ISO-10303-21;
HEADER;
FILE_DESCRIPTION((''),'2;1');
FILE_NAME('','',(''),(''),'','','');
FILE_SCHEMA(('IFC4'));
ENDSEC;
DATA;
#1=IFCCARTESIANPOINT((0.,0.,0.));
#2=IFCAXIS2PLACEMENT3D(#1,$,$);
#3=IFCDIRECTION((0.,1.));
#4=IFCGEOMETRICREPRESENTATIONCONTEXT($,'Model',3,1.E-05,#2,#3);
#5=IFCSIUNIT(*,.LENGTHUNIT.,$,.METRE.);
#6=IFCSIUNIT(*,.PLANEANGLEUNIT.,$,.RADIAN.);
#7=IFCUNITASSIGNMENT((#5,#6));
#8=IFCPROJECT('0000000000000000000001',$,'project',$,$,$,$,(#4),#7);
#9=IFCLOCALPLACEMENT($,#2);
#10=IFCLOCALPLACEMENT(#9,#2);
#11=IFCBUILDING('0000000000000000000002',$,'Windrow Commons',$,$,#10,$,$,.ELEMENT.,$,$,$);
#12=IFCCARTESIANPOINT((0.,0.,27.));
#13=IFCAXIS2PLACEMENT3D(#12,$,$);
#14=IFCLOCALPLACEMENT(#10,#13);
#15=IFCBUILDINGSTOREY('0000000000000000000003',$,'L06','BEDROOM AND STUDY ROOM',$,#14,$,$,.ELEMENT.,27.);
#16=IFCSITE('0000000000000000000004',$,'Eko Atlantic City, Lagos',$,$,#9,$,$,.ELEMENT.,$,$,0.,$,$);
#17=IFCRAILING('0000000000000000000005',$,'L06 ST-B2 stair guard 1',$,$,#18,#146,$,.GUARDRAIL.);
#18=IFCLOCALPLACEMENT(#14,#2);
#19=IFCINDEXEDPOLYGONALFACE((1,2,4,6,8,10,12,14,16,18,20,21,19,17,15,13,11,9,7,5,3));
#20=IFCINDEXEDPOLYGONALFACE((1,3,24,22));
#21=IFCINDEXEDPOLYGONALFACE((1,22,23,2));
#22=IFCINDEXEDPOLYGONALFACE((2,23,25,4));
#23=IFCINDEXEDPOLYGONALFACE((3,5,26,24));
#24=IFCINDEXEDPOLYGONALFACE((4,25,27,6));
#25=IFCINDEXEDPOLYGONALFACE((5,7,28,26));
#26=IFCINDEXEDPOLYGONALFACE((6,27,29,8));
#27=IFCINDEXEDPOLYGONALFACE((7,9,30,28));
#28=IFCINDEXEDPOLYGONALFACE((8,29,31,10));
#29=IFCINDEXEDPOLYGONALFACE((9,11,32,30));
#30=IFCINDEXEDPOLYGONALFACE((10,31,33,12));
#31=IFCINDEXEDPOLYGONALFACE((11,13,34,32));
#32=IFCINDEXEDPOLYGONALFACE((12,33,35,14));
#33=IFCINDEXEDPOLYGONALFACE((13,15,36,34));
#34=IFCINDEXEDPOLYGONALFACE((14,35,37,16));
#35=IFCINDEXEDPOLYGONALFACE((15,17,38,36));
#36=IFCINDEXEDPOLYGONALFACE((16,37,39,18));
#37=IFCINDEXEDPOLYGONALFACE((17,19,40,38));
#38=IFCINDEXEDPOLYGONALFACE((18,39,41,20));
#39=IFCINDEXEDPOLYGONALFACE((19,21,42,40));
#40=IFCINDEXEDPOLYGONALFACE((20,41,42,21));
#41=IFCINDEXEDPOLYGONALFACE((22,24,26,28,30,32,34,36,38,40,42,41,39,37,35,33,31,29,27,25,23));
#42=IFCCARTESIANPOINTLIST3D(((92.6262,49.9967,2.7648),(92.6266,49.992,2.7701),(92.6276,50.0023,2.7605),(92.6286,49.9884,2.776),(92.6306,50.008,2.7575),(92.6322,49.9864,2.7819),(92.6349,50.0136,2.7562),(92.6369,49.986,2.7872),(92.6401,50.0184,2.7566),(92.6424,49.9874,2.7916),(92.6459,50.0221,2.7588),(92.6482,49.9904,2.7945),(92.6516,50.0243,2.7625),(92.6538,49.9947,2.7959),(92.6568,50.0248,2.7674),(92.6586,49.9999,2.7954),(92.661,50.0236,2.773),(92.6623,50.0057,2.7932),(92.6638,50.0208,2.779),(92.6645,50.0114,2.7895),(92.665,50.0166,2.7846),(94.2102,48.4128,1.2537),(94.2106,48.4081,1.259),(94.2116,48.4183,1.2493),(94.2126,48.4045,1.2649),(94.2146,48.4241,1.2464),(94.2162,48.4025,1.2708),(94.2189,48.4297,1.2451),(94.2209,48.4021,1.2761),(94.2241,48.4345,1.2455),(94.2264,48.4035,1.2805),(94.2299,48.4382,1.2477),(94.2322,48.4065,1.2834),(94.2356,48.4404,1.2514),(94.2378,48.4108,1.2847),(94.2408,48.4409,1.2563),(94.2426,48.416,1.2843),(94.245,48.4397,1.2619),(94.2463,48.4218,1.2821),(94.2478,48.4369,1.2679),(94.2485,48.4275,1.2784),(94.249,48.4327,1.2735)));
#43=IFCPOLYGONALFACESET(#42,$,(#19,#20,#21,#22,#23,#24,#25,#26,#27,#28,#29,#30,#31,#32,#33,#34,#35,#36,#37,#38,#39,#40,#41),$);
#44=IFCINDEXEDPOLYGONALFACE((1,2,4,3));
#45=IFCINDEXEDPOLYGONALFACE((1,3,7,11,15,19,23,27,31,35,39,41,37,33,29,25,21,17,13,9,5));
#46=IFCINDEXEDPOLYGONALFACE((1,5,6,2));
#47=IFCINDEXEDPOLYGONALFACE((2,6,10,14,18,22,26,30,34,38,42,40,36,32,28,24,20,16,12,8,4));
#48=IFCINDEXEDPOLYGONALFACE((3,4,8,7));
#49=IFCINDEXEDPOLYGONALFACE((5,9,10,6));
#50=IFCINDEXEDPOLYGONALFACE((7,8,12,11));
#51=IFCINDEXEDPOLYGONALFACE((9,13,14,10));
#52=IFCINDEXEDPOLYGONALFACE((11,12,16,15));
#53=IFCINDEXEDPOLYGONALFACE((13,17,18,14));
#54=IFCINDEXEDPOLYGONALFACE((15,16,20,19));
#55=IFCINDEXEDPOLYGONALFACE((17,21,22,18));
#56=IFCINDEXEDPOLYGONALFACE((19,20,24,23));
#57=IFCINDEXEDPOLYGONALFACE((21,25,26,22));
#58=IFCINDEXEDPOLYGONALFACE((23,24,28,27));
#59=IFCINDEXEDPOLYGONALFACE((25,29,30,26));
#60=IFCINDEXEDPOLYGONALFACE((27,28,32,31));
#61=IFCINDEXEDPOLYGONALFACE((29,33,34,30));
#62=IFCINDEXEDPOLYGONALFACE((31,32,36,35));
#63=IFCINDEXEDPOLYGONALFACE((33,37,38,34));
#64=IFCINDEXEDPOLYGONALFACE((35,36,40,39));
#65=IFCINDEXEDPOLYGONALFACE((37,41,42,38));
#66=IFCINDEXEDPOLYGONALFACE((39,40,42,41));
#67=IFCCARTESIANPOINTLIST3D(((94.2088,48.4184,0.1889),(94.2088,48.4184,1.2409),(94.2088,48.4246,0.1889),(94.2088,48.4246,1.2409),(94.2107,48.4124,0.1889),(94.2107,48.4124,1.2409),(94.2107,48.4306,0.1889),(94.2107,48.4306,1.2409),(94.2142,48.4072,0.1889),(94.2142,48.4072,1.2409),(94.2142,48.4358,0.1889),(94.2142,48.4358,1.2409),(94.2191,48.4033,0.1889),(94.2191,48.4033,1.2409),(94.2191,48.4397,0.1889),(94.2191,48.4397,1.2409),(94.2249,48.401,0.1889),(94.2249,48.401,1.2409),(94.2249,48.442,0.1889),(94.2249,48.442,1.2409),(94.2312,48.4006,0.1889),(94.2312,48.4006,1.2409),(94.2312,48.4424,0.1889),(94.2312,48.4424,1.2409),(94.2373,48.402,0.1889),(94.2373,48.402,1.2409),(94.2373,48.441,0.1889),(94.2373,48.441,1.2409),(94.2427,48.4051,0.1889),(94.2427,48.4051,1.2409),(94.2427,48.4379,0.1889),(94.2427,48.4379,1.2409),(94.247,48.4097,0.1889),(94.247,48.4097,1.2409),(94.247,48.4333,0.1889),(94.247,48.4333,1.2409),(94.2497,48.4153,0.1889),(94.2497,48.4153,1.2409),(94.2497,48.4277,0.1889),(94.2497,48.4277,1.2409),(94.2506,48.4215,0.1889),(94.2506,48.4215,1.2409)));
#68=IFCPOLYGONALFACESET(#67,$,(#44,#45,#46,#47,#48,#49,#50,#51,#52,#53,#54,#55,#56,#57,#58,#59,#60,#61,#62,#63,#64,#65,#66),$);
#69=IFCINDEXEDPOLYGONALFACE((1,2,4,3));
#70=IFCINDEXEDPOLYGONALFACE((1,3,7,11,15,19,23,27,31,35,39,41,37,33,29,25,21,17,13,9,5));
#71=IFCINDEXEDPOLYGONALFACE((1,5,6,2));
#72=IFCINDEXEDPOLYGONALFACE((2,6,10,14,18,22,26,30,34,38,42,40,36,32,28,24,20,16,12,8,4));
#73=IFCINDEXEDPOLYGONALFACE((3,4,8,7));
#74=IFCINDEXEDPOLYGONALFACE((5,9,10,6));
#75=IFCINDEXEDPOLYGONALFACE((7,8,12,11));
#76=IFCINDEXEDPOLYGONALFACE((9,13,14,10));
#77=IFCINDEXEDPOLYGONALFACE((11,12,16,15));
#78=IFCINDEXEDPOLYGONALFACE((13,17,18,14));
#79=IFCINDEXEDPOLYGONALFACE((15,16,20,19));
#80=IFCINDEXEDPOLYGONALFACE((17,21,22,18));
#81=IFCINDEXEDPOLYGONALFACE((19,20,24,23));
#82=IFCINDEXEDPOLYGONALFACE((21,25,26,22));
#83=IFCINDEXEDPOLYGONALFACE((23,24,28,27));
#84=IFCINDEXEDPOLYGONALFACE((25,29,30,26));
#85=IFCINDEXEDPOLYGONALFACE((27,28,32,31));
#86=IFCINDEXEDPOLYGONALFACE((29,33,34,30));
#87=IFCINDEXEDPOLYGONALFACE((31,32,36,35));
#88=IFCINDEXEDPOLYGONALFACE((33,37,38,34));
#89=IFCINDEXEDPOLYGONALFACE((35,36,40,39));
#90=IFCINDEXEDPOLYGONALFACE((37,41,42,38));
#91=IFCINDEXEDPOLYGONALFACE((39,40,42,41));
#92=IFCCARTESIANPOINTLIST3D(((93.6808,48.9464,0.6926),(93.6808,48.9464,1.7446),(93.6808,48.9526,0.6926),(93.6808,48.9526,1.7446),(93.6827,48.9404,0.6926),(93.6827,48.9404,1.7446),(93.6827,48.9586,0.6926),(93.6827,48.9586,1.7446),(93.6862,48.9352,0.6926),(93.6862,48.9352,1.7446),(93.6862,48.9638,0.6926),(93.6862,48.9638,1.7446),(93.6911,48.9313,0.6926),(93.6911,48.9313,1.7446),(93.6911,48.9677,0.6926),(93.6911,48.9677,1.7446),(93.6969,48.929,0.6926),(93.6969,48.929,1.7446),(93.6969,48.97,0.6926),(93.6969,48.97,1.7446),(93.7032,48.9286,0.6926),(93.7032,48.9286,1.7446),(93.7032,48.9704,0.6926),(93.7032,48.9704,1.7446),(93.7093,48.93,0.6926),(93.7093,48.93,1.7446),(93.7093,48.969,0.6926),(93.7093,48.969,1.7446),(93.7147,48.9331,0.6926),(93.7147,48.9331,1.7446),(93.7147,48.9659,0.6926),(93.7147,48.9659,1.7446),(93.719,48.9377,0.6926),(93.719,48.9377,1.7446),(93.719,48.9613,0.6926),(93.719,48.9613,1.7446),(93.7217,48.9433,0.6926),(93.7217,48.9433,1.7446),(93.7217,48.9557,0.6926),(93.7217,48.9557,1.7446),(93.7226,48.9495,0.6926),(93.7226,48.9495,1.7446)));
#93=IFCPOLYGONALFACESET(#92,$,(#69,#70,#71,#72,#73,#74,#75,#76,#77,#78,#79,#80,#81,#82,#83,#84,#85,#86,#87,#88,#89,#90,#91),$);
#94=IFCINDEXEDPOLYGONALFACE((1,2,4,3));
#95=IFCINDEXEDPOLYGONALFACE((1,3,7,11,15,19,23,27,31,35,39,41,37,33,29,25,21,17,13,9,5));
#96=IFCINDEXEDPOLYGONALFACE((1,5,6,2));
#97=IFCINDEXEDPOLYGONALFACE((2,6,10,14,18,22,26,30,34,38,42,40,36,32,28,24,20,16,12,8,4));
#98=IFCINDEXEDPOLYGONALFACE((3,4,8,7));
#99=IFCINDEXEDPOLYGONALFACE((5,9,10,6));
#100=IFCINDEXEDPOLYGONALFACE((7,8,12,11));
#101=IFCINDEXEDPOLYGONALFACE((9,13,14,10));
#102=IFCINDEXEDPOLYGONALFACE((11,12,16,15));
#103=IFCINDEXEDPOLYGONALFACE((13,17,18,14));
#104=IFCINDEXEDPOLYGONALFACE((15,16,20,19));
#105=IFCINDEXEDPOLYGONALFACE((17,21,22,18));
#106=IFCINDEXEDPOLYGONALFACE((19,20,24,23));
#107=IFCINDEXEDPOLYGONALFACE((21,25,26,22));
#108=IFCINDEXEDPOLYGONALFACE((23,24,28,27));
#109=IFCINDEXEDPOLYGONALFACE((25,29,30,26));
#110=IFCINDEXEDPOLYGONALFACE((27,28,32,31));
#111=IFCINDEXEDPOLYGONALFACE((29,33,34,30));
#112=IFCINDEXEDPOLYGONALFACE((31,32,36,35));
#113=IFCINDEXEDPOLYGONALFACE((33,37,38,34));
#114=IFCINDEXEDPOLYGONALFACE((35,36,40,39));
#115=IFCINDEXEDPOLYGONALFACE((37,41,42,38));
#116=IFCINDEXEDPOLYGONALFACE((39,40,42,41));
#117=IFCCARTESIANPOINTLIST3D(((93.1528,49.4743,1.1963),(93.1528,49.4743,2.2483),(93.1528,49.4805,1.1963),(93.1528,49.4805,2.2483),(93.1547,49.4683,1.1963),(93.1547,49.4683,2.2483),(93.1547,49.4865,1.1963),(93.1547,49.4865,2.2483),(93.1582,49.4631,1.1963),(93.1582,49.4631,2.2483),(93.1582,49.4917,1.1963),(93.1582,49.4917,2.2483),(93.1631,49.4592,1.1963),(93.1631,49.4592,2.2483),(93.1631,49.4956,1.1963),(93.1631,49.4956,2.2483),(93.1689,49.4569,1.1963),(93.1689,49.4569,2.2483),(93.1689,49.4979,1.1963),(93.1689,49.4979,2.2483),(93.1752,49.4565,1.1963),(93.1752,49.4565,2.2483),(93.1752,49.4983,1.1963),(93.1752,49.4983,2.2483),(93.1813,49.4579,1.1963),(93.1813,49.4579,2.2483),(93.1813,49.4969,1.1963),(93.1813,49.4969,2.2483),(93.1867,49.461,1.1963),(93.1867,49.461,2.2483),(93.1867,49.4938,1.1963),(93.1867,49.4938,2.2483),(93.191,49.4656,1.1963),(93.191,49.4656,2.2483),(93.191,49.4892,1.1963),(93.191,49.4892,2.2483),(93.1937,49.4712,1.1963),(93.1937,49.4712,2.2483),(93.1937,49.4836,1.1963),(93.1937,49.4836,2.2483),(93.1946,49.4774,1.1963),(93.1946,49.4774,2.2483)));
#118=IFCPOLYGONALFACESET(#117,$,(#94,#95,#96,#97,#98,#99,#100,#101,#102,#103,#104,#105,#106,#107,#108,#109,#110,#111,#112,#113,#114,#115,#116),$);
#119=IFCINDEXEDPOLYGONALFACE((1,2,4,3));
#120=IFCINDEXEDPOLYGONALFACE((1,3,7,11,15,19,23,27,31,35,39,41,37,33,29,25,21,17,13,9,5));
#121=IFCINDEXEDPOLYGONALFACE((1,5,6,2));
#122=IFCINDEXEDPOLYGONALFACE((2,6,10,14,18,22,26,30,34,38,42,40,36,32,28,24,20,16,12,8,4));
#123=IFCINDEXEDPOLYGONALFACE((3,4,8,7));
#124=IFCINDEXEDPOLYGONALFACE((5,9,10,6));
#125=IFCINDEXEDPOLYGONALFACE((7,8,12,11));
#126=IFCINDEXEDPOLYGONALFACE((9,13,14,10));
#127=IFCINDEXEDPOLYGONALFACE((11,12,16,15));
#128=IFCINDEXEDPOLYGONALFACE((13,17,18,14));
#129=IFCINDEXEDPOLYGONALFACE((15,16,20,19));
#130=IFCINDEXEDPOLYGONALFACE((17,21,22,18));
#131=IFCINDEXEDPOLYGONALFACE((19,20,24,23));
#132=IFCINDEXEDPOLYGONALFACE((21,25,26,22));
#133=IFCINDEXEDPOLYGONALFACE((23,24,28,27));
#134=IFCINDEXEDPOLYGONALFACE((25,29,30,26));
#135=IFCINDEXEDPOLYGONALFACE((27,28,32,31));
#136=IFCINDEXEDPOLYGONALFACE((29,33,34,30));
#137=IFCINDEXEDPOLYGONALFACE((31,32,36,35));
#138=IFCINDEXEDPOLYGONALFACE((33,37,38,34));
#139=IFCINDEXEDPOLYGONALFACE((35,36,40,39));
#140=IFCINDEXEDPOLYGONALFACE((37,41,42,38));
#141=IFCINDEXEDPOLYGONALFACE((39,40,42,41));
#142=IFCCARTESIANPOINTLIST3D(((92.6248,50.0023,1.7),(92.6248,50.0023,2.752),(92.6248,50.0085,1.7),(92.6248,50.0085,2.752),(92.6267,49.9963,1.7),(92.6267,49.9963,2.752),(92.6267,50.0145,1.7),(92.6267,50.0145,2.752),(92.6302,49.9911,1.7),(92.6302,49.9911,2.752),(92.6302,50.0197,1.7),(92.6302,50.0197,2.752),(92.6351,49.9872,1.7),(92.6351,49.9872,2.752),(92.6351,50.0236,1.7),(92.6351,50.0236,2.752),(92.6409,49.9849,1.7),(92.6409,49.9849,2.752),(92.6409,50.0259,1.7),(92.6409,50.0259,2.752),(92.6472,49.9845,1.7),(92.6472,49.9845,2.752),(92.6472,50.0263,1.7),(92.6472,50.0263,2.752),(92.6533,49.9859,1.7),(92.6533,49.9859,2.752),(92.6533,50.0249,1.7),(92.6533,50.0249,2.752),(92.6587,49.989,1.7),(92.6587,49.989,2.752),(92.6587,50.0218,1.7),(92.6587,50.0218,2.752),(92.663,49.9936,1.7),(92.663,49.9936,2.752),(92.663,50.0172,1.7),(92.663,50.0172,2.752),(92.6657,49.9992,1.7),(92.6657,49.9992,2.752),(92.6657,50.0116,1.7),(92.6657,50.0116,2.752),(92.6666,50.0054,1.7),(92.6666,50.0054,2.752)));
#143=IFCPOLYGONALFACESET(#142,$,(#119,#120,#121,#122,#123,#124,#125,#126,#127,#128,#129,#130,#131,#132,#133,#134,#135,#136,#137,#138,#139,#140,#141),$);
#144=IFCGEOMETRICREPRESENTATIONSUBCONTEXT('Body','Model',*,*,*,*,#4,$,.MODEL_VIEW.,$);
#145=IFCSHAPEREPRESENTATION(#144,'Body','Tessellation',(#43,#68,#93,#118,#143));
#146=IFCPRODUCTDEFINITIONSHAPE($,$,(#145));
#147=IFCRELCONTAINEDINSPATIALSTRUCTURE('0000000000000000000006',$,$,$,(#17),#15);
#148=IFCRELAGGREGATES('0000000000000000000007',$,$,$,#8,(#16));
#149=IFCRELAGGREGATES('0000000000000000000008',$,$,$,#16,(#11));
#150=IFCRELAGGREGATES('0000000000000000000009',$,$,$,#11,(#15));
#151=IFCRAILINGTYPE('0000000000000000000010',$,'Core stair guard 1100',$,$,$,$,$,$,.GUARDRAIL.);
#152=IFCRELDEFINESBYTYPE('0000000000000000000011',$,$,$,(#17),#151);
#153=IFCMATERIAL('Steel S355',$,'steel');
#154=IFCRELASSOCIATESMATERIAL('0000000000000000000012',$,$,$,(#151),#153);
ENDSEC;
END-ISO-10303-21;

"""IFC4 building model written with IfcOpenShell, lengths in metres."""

from ifc_helpers import new_model, si_unit, direction, frame, origin, origin_2d, place, context, subcontext, project, spatial, circle, extrude, material, type_object, element, save


model = new_model("IFC4")

# Units and contexts
model_context = context("Model", 3, precision=1e-05, world=origin(), true_north=direction((0.0, 1.0)))
body_context = subcontext(model_context, "Body", "Model", "MODEL_VIEW")
ifc_project = project(units=[si_unit("LENGTHUNIT", "METRE"), si_unit("PLANEANGLEUNIT", "RADIAN")], contexts=[model_context])

# Site, building, storey
site_placement = place(None, origin())
site = spatial("IfcSite", under=ifc_project, at=site_placement, Name="Eko Atlantic City, Lagos", CompositionType="ELEMENT", RefElevation=0.0)
building_placement = place(site_placement, origin())
building = spatial("IfcBuilding", under=site, at=building_placement, Name="Windrow Commons", CompositionType="ELEMENT")
storey_placement = place(building_placement, frame((0.0, 0.0, 27.0)))
storey = spatial("IfcBuildingStorey", under=building, at=storey_placement, Name="L06", Description="BEDROOM AND STUDY ROOM", CompositionType="ELEMENT", Elevation=27.0)

# Railing
ifc_material_1 = material(Name="Steel S355", Category="steel")
railing_type_1 = type_object("IfcRailingType", Name="Core stair guard 1100", PredefinedType="GUARDRAIL", material=ifc_material_1)
railing_1_placement = place(storey_placement, frame((94.2296, 48.4215, 0.1889)))
element("IfcRailing", 1, at=railing_1_placement, inside=storey, type_object=railing_type_1, Name="L06 ST-B2 stair guard 1", PredefinedType="GUARDRAIL", context=body_context, shape_type="SweptSolid", body=[
    extrude(circle(Radius=0.024, at=origin_2d()), frame((0.0, 0.0, 1.076), z_axis=(-0.586216, 0.586179, 0.559237), x_axis=(-0.707084, -0.707129, 0.0)), (0.0, 0.0, 1.0), 2.7021),
    extrude(circle(Radius=0.021, at=origin_2d()), origin(), (0.0, 0.0, 1.0), 1.052),
    extrude(circle(Radius=0.021, at=origin_2d()), frame((-0.528, 0.528, 0.5037)), (0.0, 0.0, 1.0), 1.052),
    extrude(circle(Radius=0.021, at=origin_2d()), frame((-1.056, 1.0559, 1.0074)), (0.0, 0.0, 1.0), 1.052),
    extrude(circle(Radius=0.021, at=origin_2d()), frame((-1.584, 1.5839, 1.5111)), (0.0, 0.0, 1.0), 1.052),
])

save(model, "model.ifc")
